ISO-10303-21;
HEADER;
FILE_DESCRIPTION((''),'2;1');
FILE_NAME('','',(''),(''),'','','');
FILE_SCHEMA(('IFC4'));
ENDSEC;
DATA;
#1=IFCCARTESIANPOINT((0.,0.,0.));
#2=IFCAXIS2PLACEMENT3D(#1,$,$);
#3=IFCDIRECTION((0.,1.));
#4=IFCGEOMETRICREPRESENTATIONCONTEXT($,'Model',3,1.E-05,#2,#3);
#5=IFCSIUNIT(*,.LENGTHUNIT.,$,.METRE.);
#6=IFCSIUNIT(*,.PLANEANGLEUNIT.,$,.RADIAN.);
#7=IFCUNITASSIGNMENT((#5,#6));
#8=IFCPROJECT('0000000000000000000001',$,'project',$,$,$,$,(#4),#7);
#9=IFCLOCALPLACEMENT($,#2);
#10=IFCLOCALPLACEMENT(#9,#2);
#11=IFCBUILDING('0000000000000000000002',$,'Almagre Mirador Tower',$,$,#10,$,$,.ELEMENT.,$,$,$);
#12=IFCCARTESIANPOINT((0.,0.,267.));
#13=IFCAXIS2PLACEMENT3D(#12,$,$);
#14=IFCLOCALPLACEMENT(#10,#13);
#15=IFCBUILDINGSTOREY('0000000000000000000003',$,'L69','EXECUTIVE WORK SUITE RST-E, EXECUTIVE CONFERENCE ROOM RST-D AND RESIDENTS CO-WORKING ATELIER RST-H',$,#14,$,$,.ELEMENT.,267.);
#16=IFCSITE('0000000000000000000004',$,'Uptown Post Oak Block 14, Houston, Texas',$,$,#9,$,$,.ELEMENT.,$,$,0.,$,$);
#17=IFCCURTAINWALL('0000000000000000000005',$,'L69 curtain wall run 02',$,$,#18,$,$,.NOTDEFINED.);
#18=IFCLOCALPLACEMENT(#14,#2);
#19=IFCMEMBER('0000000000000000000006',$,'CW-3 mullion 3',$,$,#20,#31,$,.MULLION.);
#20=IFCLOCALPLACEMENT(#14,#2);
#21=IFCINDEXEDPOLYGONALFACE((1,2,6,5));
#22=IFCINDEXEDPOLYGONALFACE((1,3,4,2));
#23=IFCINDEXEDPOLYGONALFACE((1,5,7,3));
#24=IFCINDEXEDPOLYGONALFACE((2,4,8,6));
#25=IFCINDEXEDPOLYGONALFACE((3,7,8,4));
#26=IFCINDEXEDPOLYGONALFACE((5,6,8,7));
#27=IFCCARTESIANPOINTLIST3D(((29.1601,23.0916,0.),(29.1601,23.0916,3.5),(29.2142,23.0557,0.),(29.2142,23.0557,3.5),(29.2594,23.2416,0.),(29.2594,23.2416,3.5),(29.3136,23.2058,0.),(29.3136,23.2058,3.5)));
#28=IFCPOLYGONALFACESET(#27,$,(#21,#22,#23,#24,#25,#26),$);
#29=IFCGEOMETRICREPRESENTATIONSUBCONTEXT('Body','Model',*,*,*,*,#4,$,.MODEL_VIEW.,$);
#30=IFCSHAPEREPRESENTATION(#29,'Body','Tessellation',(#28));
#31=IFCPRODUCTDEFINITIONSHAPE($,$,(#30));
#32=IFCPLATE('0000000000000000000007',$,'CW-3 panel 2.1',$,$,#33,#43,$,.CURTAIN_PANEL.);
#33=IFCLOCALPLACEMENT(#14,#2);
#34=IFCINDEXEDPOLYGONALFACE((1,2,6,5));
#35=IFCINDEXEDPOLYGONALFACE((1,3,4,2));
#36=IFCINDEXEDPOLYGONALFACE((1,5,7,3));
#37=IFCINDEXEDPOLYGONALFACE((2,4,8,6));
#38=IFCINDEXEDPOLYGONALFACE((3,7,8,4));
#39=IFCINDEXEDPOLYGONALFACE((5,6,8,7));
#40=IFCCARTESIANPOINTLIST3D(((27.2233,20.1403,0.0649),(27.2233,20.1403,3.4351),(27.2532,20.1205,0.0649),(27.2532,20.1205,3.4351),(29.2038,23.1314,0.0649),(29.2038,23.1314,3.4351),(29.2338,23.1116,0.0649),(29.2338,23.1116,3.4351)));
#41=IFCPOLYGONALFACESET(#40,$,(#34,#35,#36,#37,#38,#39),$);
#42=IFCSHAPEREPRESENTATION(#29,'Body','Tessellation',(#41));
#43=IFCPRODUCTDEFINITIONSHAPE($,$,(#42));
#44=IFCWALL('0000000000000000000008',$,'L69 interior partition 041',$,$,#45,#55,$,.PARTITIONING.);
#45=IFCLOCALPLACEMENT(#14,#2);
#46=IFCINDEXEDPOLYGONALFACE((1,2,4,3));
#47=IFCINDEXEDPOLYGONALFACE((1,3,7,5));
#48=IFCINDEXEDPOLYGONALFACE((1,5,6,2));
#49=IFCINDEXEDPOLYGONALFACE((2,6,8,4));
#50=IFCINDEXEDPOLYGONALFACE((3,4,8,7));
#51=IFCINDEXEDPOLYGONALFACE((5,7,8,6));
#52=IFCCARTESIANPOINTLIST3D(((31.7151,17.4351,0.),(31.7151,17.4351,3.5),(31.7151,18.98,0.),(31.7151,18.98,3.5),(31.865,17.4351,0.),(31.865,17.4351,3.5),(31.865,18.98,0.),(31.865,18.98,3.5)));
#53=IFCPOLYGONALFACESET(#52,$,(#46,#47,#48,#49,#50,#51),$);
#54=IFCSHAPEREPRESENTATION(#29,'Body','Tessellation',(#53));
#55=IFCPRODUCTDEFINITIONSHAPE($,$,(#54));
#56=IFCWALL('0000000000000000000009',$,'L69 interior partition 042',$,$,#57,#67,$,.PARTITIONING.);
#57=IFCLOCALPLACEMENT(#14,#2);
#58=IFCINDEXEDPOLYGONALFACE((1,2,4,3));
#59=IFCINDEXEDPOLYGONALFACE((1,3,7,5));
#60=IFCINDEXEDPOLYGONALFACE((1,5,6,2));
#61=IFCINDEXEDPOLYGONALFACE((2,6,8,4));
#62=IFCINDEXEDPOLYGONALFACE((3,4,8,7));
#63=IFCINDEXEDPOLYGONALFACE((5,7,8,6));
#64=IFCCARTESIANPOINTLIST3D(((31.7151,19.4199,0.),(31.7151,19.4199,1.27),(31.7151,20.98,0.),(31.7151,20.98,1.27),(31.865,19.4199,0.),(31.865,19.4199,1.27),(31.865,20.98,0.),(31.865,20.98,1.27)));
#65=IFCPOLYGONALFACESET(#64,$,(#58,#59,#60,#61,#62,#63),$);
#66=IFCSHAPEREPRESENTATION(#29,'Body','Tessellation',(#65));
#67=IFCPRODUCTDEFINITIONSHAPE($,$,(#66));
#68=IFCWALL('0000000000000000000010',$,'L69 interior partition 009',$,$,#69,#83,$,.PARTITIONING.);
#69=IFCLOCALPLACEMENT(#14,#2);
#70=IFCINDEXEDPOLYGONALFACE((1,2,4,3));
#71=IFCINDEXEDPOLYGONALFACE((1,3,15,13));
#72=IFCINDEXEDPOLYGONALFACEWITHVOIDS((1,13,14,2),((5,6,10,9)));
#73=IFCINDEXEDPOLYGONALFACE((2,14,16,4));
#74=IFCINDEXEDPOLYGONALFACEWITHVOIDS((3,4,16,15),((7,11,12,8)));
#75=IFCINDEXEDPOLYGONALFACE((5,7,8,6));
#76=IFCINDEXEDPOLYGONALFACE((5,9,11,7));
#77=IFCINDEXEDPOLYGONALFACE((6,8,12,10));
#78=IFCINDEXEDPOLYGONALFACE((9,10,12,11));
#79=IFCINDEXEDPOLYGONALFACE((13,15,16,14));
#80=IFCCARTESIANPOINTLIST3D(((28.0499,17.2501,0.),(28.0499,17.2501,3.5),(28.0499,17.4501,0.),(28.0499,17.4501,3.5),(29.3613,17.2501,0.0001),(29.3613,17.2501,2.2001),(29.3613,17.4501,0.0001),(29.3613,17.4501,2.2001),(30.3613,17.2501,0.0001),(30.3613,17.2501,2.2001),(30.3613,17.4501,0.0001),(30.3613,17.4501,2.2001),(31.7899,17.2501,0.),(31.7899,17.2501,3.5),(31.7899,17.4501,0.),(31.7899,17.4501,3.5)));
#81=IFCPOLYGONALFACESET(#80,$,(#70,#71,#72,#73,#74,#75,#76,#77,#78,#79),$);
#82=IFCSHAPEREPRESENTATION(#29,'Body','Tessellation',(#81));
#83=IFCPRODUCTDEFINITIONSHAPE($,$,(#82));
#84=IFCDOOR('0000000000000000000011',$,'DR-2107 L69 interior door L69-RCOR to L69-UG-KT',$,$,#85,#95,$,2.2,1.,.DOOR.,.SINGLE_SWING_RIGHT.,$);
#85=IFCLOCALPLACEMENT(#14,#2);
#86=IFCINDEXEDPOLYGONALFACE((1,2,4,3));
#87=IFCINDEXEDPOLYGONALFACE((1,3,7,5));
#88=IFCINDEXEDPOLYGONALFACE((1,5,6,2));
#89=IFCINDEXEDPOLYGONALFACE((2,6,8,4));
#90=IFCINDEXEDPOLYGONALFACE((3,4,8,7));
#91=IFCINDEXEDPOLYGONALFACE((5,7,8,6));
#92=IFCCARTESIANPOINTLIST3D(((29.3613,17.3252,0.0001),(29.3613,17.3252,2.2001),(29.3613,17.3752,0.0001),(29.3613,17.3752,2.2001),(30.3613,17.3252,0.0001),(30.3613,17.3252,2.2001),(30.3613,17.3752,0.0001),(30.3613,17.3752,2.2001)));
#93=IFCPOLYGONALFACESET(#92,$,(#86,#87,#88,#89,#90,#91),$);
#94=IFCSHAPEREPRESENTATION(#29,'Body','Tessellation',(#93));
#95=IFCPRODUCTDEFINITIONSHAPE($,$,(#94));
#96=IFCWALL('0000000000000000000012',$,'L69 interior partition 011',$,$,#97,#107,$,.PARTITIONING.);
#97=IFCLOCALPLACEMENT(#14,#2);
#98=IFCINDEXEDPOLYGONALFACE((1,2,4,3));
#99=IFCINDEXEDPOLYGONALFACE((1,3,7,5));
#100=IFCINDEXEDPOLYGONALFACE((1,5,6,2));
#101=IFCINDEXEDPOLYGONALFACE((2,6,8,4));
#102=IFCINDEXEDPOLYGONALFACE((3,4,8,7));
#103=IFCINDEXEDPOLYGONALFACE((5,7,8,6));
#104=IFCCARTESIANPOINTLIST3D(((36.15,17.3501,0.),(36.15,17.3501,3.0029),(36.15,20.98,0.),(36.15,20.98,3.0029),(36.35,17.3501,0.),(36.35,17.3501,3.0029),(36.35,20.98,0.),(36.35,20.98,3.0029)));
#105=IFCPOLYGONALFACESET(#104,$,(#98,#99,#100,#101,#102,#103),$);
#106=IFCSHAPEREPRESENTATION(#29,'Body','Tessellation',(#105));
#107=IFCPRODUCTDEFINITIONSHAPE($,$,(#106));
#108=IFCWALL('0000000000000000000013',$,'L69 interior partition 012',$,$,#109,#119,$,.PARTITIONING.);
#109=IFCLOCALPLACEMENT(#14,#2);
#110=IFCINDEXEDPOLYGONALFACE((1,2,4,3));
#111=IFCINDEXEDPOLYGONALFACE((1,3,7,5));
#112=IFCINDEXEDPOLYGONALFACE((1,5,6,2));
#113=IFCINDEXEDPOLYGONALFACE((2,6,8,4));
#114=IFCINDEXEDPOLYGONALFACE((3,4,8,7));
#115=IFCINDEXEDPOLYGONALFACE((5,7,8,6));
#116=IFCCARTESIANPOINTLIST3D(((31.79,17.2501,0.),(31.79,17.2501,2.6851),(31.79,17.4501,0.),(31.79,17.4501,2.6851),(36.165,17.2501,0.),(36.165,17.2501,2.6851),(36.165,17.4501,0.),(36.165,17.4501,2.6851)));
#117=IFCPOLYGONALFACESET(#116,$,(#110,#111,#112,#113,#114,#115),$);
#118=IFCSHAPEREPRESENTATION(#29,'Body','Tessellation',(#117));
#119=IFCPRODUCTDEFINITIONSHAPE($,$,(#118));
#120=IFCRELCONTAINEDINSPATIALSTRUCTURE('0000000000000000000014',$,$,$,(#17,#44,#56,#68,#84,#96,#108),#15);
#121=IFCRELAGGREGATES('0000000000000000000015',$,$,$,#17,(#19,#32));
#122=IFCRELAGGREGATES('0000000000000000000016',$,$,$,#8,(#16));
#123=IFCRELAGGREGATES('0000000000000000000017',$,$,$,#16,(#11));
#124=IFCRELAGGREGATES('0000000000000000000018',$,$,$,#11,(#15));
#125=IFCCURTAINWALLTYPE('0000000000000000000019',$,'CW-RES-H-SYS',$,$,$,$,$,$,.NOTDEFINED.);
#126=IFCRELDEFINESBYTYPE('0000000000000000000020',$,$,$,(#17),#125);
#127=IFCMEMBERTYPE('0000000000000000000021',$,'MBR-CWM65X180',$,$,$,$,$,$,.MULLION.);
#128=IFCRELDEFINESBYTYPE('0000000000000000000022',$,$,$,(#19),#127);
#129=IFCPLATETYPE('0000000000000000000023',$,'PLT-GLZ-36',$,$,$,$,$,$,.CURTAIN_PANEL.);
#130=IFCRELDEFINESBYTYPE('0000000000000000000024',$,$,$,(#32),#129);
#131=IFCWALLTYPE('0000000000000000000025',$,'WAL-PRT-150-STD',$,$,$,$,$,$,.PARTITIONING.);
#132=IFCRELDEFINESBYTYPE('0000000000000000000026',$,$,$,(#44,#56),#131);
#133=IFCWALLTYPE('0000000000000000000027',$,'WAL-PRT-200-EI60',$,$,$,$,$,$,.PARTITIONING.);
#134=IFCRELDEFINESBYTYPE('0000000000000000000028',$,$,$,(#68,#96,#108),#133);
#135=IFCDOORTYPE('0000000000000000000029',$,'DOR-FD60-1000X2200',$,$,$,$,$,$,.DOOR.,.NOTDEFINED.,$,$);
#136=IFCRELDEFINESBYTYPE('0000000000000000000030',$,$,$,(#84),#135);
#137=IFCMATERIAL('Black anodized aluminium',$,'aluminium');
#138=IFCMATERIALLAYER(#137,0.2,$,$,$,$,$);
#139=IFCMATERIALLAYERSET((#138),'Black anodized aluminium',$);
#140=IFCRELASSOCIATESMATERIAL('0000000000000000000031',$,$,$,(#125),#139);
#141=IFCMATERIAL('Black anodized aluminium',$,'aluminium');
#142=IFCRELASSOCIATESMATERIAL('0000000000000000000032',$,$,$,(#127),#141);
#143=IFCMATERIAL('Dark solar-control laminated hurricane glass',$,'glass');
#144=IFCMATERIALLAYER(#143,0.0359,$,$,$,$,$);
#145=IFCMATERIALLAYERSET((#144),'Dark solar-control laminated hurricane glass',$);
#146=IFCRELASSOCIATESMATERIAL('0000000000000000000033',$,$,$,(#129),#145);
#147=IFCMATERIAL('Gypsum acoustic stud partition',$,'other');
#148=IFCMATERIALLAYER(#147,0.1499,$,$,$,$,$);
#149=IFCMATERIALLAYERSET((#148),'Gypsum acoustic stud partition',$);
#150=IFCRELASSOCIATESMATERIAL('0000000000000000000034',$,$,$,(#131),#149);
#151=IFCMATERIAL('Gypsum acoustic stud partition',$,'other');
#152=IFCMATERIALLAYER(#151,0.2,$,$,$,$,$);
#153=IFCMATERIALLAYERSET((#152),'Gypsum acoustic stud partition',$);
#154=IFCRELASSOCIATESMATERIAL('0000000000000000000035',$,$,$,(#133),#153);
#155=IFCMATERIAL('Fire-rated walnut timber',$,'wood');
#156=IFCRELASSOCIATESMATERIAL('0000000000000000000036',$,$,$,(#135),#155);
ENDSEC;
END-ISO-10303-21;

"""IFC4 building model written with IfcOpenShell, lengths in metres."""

from ifc_helpers import new_model, si_unit, direction, frame, frame_2d, origin, origin_2d, place, context, subcontext, project, spatial, rectangle, extrude, material, layer, layer_set, material_profile, profile_set, type_object, element, fill, aggregate, save


model = new_model("IFC4")

# Units and contexts
model_context = context("Model", 3, precision=1e-05, world=origin(), true_north=direction((0.0, 1.0)))
body_context = subcontext(model_context, "Body", "Model", "MODEL_VIEW")
ifc_project = project(units=[si_unit("LENGTHUNIT", "METRE"), si_unit("PLANEANGLEUNIT", "RADIAN")], contexts=[model_context])

# Site, building, storey
site_placement = place(None, origin())
site = spatial("IfcSite", under=ifc_project, at=site_placement, Name="Uptown Post Oak Block 14, Houston, Texas", CompositionType="ELEMENT", RefElevation=0.0)
building_placement = place(site_placement, origin())
building = spatial("IfcBuilding", under=site, at=building_placement, Name="Almagre Mirador Tower", CompositionType="ELEMENT")
storey_placement = place(building_placement, frame((0.0, 0.0, 267.0)))
storey = spatial("IfcBuildingStorey", under=building, at=storey_placement, Name="L69", Description="EXECUTIVE WORK SUITE RST-E, EXECUTIVE CONFERENCE ROOM RST-D AND RESIDENTS CO-WORKING ATELIER RST-H", CompositionType="ELEMENT", Elevation=267.0)

# Curtain wall, member, plate
ifc_material_1 = material(Name="Black anodized aluminium", Category="aluminium")
ifc_layer_1 = layer(ifc_material_1, 0.2)
ifc_layer_set_1 = layer_set([ifc_layer_1], Name="Black anodized aluminium")
curtain_wall_type = type_object("IfcCurtainWallType", Name="CW-RES-H-SYS", PredefinedType="NOTDEFINED", material=ifc_layer_set_1)
curtain_wall_placement = place(storey_placement, origin())
curtain_wall = element("IfcCurtainWall", 1, at=curtain_wall_placement, inside=storey, type_object=curtain_wall_type, Name="L69 curtain wall run 02", PredefinedType="NOTDEFINED")
ifc_material_2 = material(Name="Black anodized aluminium", Category="aluminium")
ifc_material_profile_1 = material_profile(ifc_material_2, rectangle(XDim=0.0649, YDim=0.1799, at=origin_2d()), Name="CWM65X180")
ifc_profile_set_1 = profile_set([ifc_material_profile_1], Name="Black anodized aluminium")
member_type = type_object("IfcMemberType", Name="MBR-CWM65X180", PredefinedType="MULLION", material=ifc_profile_set_1)
member_placement = place(storey_placement, frame((29.2368, 23.1487, 0.0), z_axis=(0.0, 0.0, 1.0), x_axis=(-0.833785, 0.552089, 0.0)))
member = element("IfcMember", 2, at=member_placement, type_object=member_type, Name="CW-3 mullion 3", PredefinedType="MULLION", context=body_context, shape_type="SweptSolid", body=[
    extrude(rectangle(XDim=0.0649, YDim=0.1799, at=origin_2d()), origin(), (0.0, 0.0, 1.0), 3.5),
])
ifc_material_3 = material(Name="Dark solar-control laminated hurricane glass", Category="glass")
ifc_layer_2 = layer(ifc_material_3, 0.0359)
ifc_layer_set_2 = layer_set([ifc_layer_2], Name="Dark solar-control laminated hurricane glass")
plate_type = type_object("IfcPlateType", Name="PLT-GLZ-36", PredefinedType="CURTAIN_PANEL", material=ifc_layer_set_2)
plate_placement = place(storey_placement, frame((28.2285, 21.626, 0.0649), z_axis=(0.0, 0.0, 1.0), x_axis=(0.552089, 0.833785, 0.0)))
plate = element("IfcPlate", 3, at=plate_placement, type_object=plate_type, Name="CW-3 panel 2.1", PredefinedType="CURTAIN_PANEL", context=body_context, shape_type="SweptSolid", body=[
    extrude(rectangle(XDim=3.5874, YDim=0.0359, at=origin_2d()), origin(), (0.0, 0.0, 1.0), 3.3701),
])
aggregate(curtain_wall, [member, plate])

# Walls
ifc_material_4 = material(Name="Gypsum acoustic stud partition", Category="other")
ifc_layer_3 = layer(ifc_material_4, 0.1499)
ifc_layer_set_3 = layer_set([ifc_layer_3], Name="Gypsum acoustic stud partition")
wall_type_1 = type_object("IfcWallType", Name="WAL-PRT-150-STD", PredefinedType="PARTITIONING", material=ifc_layer_set_3)
wall_1_placement = place(storey_placement, frame((31.79, 17.4351, 0.0), z_axis=(0.0, 0.0, 1.0), x_axis=(0.0, 1.0, 0.0)))
element("IfcWall", 4, at=wall_1_placement, inside=storey, type_object=wall_type_1, Name="L69 interior partition 041", PredefinedType="PARTITIONING", context=body_context, shape_type="SweptSolid", body=[
    extrude(rectangle(XDim=1.5449, YDim=0.1499, at=frame_2d((0.7725, 0.0))), origin(), (0.0, 0.0, 1.0), 3.5),
])
wall_2_placement = place(storey_placement, frame((31.79, 19.4199, 0.0), z_axis=(0.0, 0.0, 1.0), x_axis=(0.0, 1.0, 0.0)))
element("IfcWall", 5, at=wall_2_placement, inside=storey, type_object=wall_type_1, Name="L69 interior partition 042", PredefinedType="PARTITIONING", context=body_context, shape_type="SweptSolid", body=[
    extrude(rectangle(XDim=1.5601, YDim=0.1499, at=frame_2d((0.78, 0.0))), origin(), (0.0, 0.0, 1.0), 1.27),
])

# Wall, opening, door
ifc_material_5 = material(Name="Gypsum acoustic stud partition", Category="other")
ifc_layer_4 = layer(ifc_material_5, 0.2)
ifc_layer_set_4 = layer_set([ifc_layer_4], Name="Gypsum acoustic stud partition")
wall_type_2 = type_object("IfcWallType", Name="WAL-PRT-200-EI60", PredefinedType="PARTITIONING", material=ifc_layer_set_4)
wall_3_placement = place(storey_placement, frame((31.79, 17.3501, 0.0), z_axis=(0.0, 0.0, 1.0), x_axis=(-1.0, 0.0, 0.0)))
wall_3 = element("IfcWall", 6, at=wall_3_placement, inside=storey, type_object=wall_type_2, Name="L69 interior partition 009", PredefinedType="PARTITIONING", context=body_context, shape_type="SweptSolid", body=[
    extrude(rectangle(XDim=3.74, YDim=0.2, at=frame_2d((1.8701, 0.0))), origin(), (0.0, 0.0, 1.0), 3.5),
])
opening_1_placement = place(wall_3_placement, frame((1.4287, 0.0, 0.0)))
opening_1 = element("IfcOpeningElement", 7, at=opening_1_placement, cuts=wall_3, PredefinedType="OPENING", context=body_context, shape_type="SweptSolid", body=[
    extrude(rectangle(XDim=1.0, YDim=2.2, at=frame_2d((0.5, 1.1001))), frame((0.0, 0.1101, 0.0), z_axis=(0.0, -1.0, 0.0), x_axis=(1.0, 0.0, 0.0)), (0.0, 0.0, 1.0), 0.22),
])
ifc_material_6 = material(Name="Fire-rated walnut timber", Category="wood")
door_type_1 = type_object("IfcDoorType", Name="DOR-FD60-1000X2200", OperationType="NOTDEFINED", PredefinedType="DOOR", material=ifc_material_6)
door_1_placement = place(opening_1_placement, origin())
door_1 = element("IfcDoor", 8, at=door_1_placement, inside=storey, type_object=door_type_1, Name="DR-2107 L69 interior door L69-RCOR to L69-UG-KT", OperationType="SINGLE_SWING_RIGHT", OverallHeight=2.2, OverallWidth=1.0, PredefinedType="DOOR", context=body_context, shape_type="SweptSolid", body=[
    extrude(rectangle(XDim=1.0, YDim=2.2, at=frame_2d((0.5, 1.1001))), frame((0.0, 0.0249, 0.0), z_axis=(0.0, -1.0, 0.0), x_axis=(1.0, 0.0, 0.0)), (0.0, 0.0, 1.0), 0.05),
])
fill(opening_1, door_1)

# Walls
wall_4_placement = place(storey_placement, frame((36.25, 20.98, 0.0), z_axis=(0.0, 0.0, 1.0), x_axis=(0.0, -1.0, 0.0)))
element("IfcWall", 9, at=wall_4_placement, inside=storey, type_object=wall_type_2, Name="L69 interior partition 011", PredefinedType="PARTITIONING", context=body_context, shape_type="SweptSolid", body=[
    extrude(rectangle(XDim=3.6299, YDim=0.2, at=frame_2d((1.8149, 0.0))), origin(), (0.0, 0.0, 1.0), 3.0029),
])
wall_5_placement = place(storey_placement, frame((36.165, 17.3501, 0.0), z_axis=(0.0, 0.0, 1.0), x_axis=(-1.0, 0.0, 0.0)))
element("IfcWall", 10, at=wall_5_placement, inside=storey, type_object=wall_type_2, Name="L69 interior partition 012", PredefinedType="PARTITIONING", context=body_context, shape_type="SweptSolid", body=[
    extrude(rectangle(XDim=4.375, YDim=0.2, at=frame_2d((2.1875, 0.0))), origin(), (0.0, 0.0, 1.0), 2.6851),
])

save(model, "model.ifc")
